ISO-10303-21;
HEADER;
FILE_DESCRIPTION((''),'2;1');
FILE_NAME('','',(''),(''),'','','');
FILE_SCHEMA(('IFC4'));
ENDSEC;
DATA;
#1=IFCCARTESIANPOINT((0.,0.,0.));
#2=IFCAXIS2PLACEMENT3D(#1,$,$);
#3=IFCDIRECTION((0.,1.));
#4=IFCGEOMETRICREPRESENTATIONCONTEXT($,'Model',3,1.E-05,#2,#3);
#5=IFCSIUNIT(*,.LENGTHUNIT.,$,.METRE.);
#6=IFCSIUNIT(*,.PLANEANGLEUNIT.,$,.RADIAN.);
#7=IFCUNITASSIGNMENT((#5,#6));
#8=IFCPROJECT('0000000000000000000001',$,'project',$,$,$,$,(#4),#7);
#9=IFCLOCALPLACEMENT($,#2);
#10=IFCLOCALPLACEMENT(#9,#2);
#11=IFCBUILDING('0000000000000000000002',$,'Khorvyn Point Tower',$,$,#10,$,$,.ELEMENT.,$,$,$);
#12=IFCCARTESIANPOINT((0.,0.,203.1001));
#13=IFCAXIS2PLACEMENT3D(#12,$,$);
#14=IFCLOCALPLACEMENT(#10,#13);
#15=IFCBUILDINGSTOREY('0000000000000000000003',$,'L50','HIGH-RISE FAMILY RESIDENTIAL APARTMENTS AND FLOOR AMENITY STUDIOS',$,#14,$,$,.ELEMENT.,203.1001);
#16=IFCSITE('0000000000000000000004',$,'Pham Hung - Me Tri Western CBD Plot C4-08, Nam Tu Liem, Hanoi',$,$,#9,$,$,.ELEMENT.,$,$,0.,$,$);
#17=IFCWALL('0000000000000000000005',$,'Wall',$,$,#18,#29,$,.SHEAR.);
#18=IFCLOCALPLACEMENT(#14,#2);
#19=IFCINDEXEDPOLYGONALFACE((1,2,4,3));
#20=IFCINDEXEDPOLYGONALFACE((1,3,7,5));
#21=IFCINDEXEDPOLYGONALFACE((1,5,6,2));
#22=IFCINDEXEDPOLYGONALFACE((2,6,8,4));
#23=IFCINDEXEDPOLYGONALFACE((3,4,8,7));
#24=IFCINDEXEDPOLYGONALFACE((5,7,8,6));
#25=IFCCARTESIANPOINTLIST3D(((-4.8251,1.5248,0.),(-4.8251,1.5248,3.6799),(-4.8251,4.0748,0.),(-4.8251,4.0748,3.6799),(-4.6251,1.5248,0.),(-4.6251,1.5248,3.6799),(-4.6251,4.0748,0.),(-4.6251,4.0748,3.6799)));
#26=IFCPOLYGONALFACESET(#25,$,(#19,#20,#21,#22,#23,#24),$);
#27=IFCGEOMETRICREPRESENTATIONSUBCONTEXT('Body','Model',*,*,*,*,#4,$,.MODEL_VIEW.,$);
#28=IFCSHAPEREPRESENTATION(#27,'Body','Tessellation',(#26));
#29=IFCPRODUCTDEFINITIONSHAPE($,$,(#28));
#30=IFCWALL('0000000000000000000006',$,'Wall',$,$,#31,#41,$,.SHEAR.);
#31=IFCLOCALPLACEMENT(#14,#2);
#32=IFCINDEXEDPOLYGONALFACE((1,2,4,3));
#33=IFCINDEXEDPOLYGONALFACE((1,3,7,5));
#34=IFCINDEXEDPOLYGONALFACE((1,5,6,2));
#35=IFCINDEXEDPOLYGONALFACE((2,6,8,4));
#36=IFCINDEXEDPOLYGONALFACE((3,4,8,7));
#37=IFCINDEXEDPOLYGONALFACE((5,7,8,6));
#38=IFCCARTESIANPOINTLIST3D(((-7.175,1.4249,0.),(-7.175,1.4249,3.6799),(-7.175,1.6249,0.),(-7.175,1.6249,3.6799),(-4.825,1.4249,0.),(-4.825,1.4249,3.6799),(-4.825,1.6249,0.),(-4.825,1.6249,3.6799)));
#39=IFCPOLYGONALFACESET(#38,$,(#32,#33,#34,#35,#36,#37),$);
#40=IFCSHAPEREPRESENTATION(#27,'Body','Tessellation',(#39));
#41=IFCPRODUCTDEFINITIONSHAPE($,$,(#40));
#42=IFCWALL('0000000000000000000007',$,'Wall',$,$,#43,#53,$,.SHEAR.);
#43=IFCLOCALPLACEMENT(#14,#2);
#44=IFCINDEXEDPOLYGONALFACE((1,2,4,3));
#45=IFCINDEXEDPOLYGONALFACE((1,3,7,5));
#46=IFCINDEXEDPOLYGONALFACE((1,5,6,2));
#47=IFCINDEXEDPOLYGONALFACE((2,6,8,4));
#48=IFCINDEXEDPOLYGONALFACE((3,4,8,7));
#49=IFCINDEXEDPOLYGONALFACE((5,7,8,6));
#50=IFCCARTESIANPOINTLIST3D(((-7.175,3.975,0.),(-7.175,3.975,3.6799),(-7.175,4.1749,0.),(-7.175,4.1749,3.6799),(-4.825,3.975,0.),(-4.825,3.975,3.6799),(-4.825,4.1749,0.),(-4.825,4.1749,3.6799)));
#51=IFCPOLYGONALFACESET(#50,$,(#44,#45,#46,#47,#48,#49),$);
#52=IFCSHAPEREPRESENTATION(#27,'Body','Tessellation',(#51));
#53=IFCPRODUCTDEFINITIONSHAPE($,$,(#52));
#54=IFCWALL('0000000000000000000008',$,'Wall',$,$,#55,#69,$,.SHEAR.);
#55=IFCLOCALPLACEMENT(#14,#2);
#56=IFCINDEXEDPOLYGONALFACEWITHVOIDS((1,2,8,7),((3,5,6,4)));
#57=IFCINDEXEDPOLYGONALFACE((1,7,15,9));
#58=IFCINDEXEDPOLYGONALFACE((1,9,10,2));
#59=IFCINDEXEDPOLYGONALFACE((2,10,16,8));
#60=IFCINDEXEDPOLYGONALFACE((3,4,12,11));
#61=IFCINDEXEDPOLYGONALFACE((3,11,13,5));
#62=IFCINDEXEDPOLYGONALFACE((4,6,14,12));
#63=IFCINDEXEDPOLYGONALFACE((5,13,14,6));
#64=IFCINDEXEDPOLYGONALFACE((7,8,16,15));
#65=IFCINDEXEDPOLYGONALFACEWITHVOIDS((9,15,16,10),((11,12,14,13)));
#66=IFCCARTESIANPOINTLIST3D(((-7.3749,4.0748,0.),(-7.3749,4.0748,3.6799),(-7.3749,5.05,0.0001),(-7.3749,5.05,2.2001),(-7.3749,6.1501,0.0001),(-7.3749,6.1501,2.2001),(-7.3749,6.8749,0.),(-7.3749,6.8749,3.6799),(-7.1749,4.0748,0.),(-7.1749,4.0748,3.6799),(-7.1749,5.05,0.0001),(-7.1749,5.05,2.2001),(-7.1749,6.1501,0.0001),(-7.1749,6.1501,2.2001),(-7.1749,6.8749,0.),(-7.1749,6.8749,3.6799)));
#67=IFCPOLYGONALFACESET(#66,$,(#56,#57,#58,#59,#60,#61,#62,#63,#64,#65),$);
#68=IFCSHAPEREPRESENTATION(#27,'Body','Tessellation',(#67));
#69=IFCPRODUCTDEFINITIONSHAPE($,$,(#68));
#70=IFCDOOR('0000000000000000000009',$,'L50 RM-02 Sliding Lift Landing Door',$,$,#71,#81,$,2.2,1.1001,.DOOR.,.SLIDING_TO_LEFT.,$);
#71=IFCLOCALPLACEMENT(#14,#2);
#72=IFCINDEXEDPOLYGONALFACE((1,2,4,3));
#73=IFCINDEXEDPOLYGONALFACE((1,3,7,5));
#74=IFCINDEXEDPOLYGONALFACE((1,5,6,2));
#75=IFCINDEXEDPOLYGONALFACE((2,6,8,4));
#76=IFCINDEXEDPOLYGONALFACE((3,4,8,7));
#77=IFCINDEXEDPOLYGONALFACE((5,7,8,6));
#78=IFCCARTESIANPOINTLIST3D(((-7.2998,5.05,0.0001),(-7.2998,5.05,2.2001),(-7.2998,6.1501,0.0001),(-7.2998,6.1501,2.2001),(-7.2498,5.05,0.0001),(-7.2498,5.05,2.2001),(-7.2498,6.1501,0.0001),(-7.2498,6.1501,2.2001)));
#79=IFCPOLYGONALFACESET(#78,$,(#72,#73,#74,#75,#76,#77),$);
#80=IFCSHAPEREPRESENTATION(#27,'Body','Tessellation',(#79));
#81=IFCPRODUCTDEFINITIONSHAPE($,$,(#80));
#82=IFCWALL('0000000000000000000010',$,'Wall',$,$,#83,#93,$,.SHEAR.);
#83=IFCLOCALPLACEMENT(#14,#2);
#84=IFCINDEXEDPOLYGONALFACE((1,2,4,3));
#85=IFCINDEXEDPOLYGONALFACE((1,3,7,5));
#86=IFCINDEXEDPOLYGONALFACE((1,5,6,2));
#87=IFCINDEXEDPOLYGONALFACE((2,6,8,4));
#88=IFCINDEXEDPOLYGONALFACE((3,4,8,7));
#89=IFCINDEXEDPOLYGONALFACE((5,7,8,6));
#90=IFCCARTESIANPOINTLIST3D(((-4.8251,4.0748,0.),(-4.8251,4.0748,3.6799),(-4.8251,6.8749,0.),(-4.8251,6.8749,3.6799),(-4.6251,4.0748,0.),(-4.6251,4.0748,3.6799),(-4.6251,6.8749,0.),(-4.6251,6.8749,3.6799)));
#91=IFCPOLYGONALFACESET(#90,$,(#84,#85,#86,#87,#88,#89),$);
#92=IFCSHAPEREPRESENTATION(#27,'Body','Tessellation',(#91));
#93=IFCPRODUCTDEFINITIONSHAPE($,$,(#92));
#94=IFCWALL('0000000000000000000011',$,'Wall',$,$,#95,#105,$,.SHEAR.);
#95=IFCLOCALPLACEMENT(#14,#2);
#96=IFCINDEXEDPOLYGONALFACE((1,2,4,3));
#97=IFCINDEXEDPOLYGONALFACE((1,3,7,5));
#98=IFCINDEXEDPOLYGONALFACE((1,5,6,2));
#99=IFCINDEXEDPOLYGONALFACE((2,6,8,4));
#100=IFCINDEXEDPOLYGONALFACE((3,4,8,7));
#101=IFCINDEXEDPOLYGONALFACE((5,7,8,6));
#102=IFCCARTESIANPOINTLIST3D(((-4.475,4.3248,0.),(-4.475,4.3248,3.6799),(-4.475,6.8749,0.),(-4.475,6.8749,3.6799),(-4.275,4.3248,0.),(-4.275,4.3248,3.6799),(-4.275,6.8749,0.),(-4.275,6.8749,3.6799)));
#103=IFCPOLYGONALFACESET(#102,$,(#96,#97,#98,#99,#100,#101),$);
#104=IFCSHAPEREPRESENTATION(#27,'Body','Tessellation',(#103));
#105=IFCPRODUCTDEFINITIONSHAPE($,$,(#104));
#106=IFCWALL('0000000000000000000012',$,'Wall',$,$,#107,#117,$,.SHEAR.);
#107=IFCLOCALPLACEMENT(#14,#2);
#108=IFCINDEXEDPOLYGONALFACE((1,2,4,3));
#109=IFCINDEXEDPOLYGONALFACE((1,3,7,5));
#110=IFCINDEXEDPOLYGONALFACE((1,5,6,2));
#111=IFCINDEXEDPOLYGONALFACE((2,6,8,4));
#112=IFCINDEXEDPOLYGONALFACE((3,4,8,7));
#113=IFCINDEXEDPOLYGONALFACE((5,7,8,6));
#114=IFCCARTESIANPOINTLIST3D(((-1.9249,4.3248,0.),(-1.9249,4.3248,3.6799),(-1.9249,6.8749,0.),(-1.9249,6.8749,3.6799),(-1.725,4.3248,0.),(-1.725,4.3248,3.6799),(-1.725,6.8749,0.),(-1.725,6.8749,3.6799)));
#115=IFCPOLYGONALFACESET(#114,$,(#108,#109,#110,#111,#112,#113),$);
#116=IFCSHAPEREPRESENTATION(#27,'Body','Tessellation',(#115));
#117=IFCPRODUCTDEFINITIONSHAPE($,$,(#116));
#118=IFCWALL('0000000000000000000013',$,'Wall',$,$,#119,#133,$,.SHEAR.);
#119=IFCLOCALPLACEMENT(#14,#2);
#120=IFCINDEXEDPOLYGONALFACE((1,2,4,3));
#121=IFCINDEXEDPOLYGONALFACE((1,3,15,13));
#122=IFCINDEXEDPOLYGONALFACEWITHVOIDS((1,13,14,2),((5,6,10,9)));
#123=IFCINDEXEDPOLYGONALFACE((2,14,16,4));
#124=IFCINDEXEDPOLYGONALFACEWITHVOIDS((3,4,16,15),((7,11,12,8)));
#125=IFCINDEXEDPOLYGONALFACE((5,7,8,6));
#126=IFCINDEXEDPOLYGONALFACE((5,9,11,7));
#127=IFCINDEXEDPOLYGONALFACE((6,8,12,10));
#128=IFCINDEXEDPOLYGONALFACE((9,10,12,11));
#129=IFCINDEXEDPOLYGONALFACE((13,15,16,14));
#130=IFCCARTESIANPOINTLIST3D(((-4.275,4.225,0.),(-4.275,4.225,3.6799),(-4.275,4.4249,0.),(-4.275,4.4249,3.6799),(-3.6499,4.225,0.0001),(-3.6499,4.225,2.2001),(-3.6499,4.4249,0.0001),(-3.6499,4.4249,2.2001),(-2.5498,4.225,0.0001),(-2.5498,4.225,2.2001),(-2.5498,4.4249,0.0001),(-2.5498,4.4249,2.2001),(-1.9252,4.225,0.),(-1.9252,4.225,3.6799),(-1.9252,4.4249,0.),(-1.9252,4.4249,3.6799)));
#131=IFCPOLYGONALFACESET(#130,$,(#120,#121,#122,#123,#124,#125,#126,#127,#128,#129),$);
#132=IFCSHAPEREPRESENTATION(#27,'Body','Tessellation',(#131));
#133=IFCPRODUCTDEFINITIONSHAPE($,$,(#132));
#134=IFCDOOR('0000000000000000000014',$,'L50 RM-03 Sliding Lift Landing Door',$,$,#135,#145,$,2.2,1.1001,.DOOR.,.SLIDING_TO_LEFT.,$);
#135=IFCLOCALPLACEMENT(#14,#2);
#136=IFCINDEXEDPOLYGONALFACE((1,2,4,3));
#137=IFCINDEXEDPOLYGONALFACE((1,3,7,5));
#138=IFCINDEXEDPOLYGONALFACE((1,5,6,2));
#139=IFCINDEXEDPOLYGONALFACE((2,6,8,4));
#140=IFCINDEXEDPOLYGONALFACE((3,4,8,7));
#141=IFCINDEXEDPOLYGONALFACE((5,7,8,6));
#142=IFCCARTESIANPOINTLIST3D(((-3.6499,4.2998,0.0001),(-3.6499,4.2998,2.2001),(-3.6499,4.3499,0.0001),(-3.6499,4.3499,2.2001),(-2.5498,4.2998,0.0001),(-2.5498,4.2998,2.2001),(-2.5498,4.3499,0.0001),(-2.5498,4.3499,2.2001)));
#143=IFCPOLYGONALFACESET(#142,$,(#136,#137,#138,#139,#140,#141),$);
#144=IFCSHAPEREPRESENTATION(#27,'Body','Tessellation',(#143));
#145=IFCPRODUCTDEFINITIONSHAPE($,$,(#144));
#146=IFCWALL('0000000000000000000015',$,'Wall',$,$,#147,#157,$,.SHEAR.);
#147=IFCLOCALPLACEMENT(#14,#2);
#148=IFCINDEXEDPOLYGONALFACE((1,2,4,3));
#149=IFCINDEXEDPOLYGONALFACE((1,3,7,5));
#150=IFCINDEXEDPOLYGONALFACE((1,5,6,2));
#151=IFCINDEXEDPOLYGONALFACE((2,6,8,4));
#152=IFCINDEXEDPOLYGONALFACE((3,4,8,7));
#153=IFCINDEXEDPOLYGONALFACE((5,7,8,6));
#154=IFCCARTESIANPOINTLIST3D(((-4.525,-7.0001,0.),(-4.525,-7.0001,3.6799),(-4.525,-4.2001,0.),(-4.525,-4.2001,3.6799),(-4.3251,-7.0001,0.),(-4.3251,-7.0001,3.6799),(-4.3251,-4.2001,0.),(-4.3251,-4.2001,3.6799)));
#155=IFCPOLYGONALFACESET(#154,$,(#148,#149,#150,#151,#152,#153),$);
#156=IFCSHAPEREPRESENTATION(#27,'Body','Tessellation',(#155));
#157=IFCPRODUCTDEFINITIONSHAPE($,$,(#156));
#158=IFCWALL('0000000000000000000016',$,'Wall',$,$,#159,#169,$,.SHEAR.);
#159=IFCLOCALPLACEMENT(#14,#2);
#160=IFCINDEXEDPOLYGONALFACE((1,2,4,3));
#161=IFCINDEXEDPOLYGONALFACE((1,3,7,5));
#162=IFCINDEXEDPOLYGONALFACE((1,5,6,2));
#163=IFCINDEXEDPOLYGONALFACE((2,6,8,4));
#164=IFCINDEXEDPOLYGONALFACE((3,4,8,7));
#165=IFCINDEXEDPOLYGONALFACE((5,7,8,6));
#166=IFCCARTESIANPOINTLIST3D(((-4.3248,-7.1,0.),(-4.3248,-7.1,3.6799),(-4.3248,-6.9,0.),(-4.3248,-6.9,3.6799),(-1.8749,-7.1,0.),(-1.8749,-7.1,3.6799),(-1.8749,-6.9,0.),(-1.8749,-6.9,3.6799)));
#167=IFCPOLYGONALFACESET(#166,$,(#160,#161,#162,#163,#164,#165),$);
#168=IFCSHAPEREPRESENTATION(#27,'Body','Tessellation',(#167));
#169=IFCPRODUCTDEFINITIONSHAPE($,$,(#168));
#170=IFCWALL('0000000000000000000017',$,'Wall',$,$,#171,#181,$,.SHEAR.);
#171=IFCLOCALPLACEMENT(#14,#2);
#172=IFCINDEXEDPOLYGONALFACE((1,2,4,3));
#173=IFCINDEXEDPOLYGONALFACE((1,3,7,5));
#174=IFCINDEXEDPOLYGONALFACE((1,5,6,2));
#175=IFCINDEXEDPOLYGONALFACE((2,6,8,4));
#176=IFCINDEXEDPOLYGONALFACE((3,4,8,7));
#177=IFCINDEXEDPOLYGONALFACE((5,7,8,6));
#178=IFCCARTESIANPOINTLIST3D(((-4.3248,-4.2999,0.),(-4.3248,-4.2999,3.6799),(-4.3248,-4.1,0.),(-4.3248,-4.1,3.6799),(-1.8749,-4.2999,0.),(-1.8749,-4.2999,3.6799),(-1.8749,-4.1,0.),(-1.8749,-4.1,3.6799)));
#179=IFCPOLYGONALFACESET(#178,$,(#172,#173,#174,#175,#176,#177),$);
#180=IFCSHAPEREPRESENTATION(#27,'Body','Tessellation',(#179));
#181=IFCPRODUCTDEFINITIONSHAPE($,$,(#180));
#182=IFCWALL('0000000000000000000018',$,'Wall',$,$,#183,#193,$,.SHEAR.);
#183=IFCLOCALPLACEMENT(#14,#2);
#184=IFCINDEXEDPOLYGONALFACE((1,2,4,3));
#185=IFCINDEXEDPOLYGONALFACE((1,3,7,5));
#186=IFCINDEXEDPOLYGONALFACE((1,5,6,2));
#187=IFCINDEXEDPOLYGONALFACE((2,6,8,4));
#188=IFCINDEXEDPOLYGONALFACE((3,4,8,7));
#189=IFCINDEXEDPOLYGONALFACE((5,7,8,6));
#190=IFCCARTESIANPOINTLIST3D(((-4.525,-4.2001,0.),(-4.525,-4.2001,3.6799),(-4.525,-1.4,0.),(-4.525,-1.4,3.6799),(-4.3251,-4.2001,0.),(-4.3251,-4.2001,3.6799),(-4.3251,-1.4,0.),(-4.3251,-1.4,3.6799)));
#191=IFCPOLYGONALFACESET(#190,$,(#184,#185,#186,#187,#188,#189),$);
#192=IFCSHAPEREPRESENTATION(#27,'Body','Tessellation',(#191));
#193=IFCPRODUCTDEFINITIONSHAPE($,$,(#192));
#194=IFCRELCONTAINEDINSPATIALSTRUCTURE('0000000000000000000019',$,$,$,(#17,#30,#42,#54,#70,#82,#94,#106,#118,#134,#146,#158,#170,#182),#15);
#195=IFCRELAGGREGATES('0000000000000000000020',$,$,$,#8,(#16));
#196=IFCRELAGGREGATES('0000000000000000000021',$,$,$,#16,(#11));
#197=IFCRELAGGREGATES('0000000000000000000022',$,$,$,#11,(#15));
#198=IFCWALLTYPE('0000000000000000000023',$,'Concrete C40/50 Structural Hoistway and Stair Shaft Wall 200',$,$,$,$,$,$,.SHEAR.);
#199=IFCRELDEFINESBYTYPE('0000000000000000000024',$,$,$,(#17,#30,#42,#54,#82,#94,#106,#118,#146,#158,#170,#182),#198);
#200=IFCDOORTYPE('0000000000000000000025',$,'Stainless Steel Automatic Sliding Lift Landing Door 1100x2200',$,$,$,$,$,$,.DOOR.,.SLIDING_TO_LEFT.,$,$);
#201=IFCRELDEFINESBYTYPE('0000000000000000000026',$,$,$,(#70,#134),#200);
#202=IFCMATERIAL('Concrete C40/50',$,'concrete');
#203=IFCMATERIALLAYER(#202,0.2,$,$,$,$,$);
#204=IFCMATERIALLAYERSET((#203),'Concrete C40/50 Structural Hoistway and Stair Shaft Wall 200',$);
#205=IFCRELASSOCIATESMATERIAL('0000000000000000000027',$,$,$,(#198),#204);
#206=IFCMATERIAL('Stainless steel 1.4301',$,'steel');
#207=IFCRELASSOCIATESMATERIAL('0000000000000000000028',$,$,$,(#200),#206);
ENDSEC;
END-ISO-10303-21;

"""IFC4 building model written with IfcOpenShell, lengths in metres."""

from ifc_helpers import new_model, si_unit, direction, frame, frame_2d, origin, place, context, subcontext, project, spatial, rectangle, extrude, material, layer, layer_set, type_object, element, fill, save


model = new_model("IFC4")

# Units and contexts
model_context = context("Model", 3, precision=1e-05, world=origin(), true_north=direction((0.0, 1.0)))
body_context = subcontext(model_context, "Body", "Model", "MODEL_VIEW")
ifc_project = project(units=[si_unit("LENGTHUNIT", "METRE"), si_unit("PLANEANGLEUNIT", "RADIAN")], contexts=[model_context])

# Site, building, storey
site_placement = place(None, origin())
site = spatial("IfcSite", under=ifc_project, at=site_placement, Name="Pham Hung - Me Tri Western CBD Plot C4-08, Nam Tu Liem, Hanoi", CompositionType="ELEMENT", RefElevation=0.0)
building_placement = place(site_placement, origin())
building = spatial("IfcBuilding", under=site, at=building_placement, Name="Khorvyn Point Tower", CompositionType="ELEMENT")
storey_placement = place(building_placement, frame((0.0, 0.0, 203.1001)))
storey = spatial("IfcBuildingStorey", under=building, at=storey_placement, Name="L50", Description="HIGH-RISE FAMILY RESIDENTIAL APARTMENTS AND FLOOR AMENITY STUDIOS", CompositionType="ELEMENT", Elevation=203.1001)

# Shared definitions
ifc_material_1 = material(Name="Concrete C40/50", Category="concrete")

# Shared definitions
ifc_layer_1 = layer(ifc_material_1, 0.2)
ifc_layer_set_1 = layer_set([ifc_layer_1], Name="Concrete C40/50 Structural Hoistway and Stair Shaft Wall 200")
wall_type_1 = type_object("IfcWallType", Name="Concrete C40/50 Structural Hoistway and Stair Shaft Wall 200", PredefinedType="SHEAR", material=ifc_layer_set_1)
ifc_material_2 = material(Name="Stainless steel 1.4301", Category="steel")
door_type_1 = type_object("IfcDoorType", Name="Stainless Steel Automatic Sliding Lift Landing Door 1100x2200", OperationType="SLIDING_TO_LEFT", PredefinedType="DOOR", material=ifc_material_2)

# Walls
wall_1_placement = place(storey_placement, frame((-4.7251, 1.5249, 0.0), z_axis=(0.0, 0.0, 1.0), x_axis=(0.0, 1.0, 0.0)))
element("IfcWall", 1, at=wall_1_placement, inside=storey, type_object=wall_type_1, Name="Wall", PredefinedType="SHEAR", context=body_context, shape_type="SweptSolid", body=[
    extrude(rectangle(XDim=2.55, YDim=0.2, at=frame_2d((1.2749, 0.0))), origin(), (0.0, 0.0, 1.0), 3.6799),
])
for number, where, z_axis, x_axis, name in (
    (2, (-7.175, 1.5249, 0.0), (0.0, 0.0, 1.0), (1.0, 0.0, 0.0), "Wall"),
    (3, (-7.175, 4.075, 0.0), (0.0, 0.0, 1.0), (1.0, 0.0, 0.0), "Wall"),
):
    element("IfcWall", number, at=place(storey_placement, frame(where, z_axis=z_axis, x_axis=x_axis)), inside=storey, type_object=wall_type_1, Name=name, PredefinedType="SHEAR", context=body_context, shape_type="SweptSolid", body=[
        extrude(rectangle(XDim=2.3501, YDim=0.2, at=frame_2d((1.175, 0.0))), origin(), (0.0, 0.0, 1.0), 3.6799),
    ])

# Wall, opening, door
wall_2_placement = place(storey_placement, frame((-7.2749, 4.075, 0.0), z_axis=(0.0, 0.0, 1.0), x_axis=(0.0, 1.0, 0.0)))
wall_2 = element("IfcWall", 4, at=wall_2_placement, inside=storey, type_object=wall_type_1, Name="Wall", PredefinedType="SHEAR", context=body_context, shape_type="SweptSolid", body=[
    extrude(rectangle(XDim=2.8, YDim=0.2, at=frame_2d((1.3999, 0.0))), origin(), (0.0, 0.0, 1.0), 3.6799),
])
opening_1_placement = place(wall_2_placement, frame((0.9751, 0.0, 0.0)))
opening_1 = element("IfcOpeningElement", 5, at=opening_1_placement, cuts=wall_2, PredefinedType="OPENING", context=body_context, shape_type="SweptSolid", body=[
    extrude(rectangle(XDim=1.1001, YDim=2.2, at=frame_2d((0.55, 1.1001))), frame((0.0, 0.1099, 0.0), z_axis=(0.0, -1.0, 0.0), x_axis=(1.0, 0.0, 0.0)), (0.0, 0.0, 1.0), 0.22),
])
door_1_placement = place(opening_1_placement, origin())
door_1 = element("IfcDoor", 6, at=door_1_placement, inside=storey, type_object=door_type_1, Name="L50 RM-02 Sliding Lift Landing Door", OperationType="SLIDING_TO_LEFT", OverallHeight=2.2, OverallWidth=1.1001, PredefinedType="DOOR", context=body_context, shape_type="SweptSolid", body=[
    extrude(rectangle(XDim=1.1001, YDim=2.2, at=frame_2d((0.55, 1.1001))), frame((0.0, 0.0249, 0.0), z_axis=(0.0, -1.0, 0.0), x_axis=(1.0, 0.0, 0.0)), (0.0, 0.0, 1.0), 0.05),
])
fill(opening_1, door_1)

# Walls
wall_3_placement = place(storey_placement, frame((-4.7251, 4.075, 0.0), z_axis=(0.0, 0.0, 1.0), x_axis=(0.0, 1.0, 0.0)))
element("IfcWall", 7, at=wall_3_placement, inside=storey, type_object=wall_type_1, Name="Wall", PredefinedType="SHEAR", context=body_context, shape_type="SweptSolid", body=[
    extrude(rectangle(XDim=2.8, YDim=0.2, at=frame_2d((1.3999, 0.0))), origin(), (0.0, 0.0, 1.0), 3.6799),
])
for number, where, z_axis, x_axis, name in (
    (8, (-4.375, 4.325, 0.0), (0.0, 0.0, 1.0), (0.0, 1.0, 0.0), "Wall"),
    (9, (-1.825, 4.325, 0.0), (0.0, 0.0, 1.0), (0.0, 1.0, 0.0), "Wall"),
):
    element("IfcWall", number, at=place(storey_placement, frame(where, z_axis=z_axis, x_axis=x_axis)), inside=storey, type_object=wall_type_1, Name=name, PredefinedType="SHEAR", context=body_context, shape_type="SweptSolid", body=[
        extrude(rectangle(XDim=2.55, YDim=0.2, at=frame_2d((1.2749, 0.0))), origin(), (0.0, 0.0, 1.0), 3.6799),
    ])

# Wall, opening, door
wall_4_placement = place(storey_placement, frame((-4.2749, 4.325, 0.0), z_axis=(0.0, 0.0, 1.0), x_axis=(1.0, 0.0, 0.0)))
wall_4 = element("IfcWall", 10, at=wall_4_placement, inside=storey, type_object=wall_type_1, Name="Wall", PredefinedType="SHEAR", context=body_context, shape_type="SweptSolid", body=[
    extrude(rectangle(XDim=2.3499, YDim=0.2, at=frame_2d((1.1748, 0.0))), origin(), (0.0, 0.0, 1.0), 3.6799),
])
opening_2_placement = place(wall_4_placement, frame((0.625, 0.0, 0.0)))
opening_2 = element("IfcOpeningElement", 11, at=opening_2_placement, cuts=wall_4, PredefinedType="OPENING", context=body_context, shape_type="SweptSolid", body=[
    extrude(rectangle(XDim=1.1001, YDim=2.2, at=frame_2d((0.55, 1.1001))), frame((0.0, 0.1099, 0.0), z_axis=(0.0, -1.0, 0.0), x_axis=(1.0, 0.0, 0.0)), (0.0, 0.0, 1.0), 0.22),
])
door_2_placement = place(opening_2_placement, origin())
door_2 = element("IfcDoor", 12, at=door_2_placement, inside=storey, type_object=door_type_1, Name="L50 RM-03 Sliding Lift Landing Door", OperationType="SLIDING_TO_LEFT", OverallHeight=2.2, OverallWidth=1.1001, PredefinedType="DOOR", context=body_context, shape_type="SweptSolid", body=[
    extrude(rectangle(XDim=1.1001, YDim=2.2, at=frame_2d((0.55, 1.1001))), frame((0.0, 0.0249, 0.0), z_axis=(0.0, -1.0, 0.0), x_axis=(1.0, 0.0, 0.0)), (0.0, 0.0, 1.0), 0.05),
])
fill(opening_2, door_2)

# Walls
wall_5_placement = place(storey_placement, frame((-4.425, -7.0, 0.0), z_axis=(0.0, 0.0, 1.0), x_axis=(0.0, 1.0, 0.0)))
element("IfcWall", 13, at=wall_5_placement, inside=storey, type_object=wall_type_1, Name="Wall", PredefinedType="SHEAR", context=body_context, shape_type="SweptSolid", body=[
    extrude(rectangle(XDim=2.8, YDim=0.2, at=frame_2d((1.3999, 0.0))), origin(), (0.0, 0.0, 1.0), 3.6799),
])
for number, where, z_axis, x_axis, name in (
    (14, (-4.325, -7.0, 0.0), (0.0, 0.0, 1.0), (1.0, 0.0, 0.0), "Wall"),
    (15, (-4.325, -4.2, 0.0), (0.0, 0.0, 1.0), (1.0, 0.0, 0.0), "Wall"),
):
    element("IfcWall", number, at=place(storey_placement, frame(where, z_axis=z_axis, x_axis=x_axis)), inside=storey, type_object=wall_type_1, Name=name, PredefinedType="SHEAR", context=body_context, shape_type="SweptSolid", body=[
        extrude(rectangle(XDim=2.45, YDim=0.2, at=frame_2d((1.2251, 0.0))), origin(), (0.0, 0.0, 1.0), 3.6799),
    ])
wall_6_placement = place(storey_placement, frame((-4.425, -4.2, 0.0), z_axis=(0.0, 0.0, 1.0), x_axis=(0.0, 1.0, 0.0)))
element("IfcWall", 16, at=wall_6_placement, inside=storey, type_object=wall_type_1, Name="Wall", PredefinedType="SHEAR", context=body_context, shape_type="SweptSolid", body=[
    extrude(rectangle(XDim=2.8, YDim=0.2, at=frame_2d((1.3999, 0.0))), origin(), (0.0, 0.0, 1.0), 3.6799),
])

save(model, "model.ifc")
